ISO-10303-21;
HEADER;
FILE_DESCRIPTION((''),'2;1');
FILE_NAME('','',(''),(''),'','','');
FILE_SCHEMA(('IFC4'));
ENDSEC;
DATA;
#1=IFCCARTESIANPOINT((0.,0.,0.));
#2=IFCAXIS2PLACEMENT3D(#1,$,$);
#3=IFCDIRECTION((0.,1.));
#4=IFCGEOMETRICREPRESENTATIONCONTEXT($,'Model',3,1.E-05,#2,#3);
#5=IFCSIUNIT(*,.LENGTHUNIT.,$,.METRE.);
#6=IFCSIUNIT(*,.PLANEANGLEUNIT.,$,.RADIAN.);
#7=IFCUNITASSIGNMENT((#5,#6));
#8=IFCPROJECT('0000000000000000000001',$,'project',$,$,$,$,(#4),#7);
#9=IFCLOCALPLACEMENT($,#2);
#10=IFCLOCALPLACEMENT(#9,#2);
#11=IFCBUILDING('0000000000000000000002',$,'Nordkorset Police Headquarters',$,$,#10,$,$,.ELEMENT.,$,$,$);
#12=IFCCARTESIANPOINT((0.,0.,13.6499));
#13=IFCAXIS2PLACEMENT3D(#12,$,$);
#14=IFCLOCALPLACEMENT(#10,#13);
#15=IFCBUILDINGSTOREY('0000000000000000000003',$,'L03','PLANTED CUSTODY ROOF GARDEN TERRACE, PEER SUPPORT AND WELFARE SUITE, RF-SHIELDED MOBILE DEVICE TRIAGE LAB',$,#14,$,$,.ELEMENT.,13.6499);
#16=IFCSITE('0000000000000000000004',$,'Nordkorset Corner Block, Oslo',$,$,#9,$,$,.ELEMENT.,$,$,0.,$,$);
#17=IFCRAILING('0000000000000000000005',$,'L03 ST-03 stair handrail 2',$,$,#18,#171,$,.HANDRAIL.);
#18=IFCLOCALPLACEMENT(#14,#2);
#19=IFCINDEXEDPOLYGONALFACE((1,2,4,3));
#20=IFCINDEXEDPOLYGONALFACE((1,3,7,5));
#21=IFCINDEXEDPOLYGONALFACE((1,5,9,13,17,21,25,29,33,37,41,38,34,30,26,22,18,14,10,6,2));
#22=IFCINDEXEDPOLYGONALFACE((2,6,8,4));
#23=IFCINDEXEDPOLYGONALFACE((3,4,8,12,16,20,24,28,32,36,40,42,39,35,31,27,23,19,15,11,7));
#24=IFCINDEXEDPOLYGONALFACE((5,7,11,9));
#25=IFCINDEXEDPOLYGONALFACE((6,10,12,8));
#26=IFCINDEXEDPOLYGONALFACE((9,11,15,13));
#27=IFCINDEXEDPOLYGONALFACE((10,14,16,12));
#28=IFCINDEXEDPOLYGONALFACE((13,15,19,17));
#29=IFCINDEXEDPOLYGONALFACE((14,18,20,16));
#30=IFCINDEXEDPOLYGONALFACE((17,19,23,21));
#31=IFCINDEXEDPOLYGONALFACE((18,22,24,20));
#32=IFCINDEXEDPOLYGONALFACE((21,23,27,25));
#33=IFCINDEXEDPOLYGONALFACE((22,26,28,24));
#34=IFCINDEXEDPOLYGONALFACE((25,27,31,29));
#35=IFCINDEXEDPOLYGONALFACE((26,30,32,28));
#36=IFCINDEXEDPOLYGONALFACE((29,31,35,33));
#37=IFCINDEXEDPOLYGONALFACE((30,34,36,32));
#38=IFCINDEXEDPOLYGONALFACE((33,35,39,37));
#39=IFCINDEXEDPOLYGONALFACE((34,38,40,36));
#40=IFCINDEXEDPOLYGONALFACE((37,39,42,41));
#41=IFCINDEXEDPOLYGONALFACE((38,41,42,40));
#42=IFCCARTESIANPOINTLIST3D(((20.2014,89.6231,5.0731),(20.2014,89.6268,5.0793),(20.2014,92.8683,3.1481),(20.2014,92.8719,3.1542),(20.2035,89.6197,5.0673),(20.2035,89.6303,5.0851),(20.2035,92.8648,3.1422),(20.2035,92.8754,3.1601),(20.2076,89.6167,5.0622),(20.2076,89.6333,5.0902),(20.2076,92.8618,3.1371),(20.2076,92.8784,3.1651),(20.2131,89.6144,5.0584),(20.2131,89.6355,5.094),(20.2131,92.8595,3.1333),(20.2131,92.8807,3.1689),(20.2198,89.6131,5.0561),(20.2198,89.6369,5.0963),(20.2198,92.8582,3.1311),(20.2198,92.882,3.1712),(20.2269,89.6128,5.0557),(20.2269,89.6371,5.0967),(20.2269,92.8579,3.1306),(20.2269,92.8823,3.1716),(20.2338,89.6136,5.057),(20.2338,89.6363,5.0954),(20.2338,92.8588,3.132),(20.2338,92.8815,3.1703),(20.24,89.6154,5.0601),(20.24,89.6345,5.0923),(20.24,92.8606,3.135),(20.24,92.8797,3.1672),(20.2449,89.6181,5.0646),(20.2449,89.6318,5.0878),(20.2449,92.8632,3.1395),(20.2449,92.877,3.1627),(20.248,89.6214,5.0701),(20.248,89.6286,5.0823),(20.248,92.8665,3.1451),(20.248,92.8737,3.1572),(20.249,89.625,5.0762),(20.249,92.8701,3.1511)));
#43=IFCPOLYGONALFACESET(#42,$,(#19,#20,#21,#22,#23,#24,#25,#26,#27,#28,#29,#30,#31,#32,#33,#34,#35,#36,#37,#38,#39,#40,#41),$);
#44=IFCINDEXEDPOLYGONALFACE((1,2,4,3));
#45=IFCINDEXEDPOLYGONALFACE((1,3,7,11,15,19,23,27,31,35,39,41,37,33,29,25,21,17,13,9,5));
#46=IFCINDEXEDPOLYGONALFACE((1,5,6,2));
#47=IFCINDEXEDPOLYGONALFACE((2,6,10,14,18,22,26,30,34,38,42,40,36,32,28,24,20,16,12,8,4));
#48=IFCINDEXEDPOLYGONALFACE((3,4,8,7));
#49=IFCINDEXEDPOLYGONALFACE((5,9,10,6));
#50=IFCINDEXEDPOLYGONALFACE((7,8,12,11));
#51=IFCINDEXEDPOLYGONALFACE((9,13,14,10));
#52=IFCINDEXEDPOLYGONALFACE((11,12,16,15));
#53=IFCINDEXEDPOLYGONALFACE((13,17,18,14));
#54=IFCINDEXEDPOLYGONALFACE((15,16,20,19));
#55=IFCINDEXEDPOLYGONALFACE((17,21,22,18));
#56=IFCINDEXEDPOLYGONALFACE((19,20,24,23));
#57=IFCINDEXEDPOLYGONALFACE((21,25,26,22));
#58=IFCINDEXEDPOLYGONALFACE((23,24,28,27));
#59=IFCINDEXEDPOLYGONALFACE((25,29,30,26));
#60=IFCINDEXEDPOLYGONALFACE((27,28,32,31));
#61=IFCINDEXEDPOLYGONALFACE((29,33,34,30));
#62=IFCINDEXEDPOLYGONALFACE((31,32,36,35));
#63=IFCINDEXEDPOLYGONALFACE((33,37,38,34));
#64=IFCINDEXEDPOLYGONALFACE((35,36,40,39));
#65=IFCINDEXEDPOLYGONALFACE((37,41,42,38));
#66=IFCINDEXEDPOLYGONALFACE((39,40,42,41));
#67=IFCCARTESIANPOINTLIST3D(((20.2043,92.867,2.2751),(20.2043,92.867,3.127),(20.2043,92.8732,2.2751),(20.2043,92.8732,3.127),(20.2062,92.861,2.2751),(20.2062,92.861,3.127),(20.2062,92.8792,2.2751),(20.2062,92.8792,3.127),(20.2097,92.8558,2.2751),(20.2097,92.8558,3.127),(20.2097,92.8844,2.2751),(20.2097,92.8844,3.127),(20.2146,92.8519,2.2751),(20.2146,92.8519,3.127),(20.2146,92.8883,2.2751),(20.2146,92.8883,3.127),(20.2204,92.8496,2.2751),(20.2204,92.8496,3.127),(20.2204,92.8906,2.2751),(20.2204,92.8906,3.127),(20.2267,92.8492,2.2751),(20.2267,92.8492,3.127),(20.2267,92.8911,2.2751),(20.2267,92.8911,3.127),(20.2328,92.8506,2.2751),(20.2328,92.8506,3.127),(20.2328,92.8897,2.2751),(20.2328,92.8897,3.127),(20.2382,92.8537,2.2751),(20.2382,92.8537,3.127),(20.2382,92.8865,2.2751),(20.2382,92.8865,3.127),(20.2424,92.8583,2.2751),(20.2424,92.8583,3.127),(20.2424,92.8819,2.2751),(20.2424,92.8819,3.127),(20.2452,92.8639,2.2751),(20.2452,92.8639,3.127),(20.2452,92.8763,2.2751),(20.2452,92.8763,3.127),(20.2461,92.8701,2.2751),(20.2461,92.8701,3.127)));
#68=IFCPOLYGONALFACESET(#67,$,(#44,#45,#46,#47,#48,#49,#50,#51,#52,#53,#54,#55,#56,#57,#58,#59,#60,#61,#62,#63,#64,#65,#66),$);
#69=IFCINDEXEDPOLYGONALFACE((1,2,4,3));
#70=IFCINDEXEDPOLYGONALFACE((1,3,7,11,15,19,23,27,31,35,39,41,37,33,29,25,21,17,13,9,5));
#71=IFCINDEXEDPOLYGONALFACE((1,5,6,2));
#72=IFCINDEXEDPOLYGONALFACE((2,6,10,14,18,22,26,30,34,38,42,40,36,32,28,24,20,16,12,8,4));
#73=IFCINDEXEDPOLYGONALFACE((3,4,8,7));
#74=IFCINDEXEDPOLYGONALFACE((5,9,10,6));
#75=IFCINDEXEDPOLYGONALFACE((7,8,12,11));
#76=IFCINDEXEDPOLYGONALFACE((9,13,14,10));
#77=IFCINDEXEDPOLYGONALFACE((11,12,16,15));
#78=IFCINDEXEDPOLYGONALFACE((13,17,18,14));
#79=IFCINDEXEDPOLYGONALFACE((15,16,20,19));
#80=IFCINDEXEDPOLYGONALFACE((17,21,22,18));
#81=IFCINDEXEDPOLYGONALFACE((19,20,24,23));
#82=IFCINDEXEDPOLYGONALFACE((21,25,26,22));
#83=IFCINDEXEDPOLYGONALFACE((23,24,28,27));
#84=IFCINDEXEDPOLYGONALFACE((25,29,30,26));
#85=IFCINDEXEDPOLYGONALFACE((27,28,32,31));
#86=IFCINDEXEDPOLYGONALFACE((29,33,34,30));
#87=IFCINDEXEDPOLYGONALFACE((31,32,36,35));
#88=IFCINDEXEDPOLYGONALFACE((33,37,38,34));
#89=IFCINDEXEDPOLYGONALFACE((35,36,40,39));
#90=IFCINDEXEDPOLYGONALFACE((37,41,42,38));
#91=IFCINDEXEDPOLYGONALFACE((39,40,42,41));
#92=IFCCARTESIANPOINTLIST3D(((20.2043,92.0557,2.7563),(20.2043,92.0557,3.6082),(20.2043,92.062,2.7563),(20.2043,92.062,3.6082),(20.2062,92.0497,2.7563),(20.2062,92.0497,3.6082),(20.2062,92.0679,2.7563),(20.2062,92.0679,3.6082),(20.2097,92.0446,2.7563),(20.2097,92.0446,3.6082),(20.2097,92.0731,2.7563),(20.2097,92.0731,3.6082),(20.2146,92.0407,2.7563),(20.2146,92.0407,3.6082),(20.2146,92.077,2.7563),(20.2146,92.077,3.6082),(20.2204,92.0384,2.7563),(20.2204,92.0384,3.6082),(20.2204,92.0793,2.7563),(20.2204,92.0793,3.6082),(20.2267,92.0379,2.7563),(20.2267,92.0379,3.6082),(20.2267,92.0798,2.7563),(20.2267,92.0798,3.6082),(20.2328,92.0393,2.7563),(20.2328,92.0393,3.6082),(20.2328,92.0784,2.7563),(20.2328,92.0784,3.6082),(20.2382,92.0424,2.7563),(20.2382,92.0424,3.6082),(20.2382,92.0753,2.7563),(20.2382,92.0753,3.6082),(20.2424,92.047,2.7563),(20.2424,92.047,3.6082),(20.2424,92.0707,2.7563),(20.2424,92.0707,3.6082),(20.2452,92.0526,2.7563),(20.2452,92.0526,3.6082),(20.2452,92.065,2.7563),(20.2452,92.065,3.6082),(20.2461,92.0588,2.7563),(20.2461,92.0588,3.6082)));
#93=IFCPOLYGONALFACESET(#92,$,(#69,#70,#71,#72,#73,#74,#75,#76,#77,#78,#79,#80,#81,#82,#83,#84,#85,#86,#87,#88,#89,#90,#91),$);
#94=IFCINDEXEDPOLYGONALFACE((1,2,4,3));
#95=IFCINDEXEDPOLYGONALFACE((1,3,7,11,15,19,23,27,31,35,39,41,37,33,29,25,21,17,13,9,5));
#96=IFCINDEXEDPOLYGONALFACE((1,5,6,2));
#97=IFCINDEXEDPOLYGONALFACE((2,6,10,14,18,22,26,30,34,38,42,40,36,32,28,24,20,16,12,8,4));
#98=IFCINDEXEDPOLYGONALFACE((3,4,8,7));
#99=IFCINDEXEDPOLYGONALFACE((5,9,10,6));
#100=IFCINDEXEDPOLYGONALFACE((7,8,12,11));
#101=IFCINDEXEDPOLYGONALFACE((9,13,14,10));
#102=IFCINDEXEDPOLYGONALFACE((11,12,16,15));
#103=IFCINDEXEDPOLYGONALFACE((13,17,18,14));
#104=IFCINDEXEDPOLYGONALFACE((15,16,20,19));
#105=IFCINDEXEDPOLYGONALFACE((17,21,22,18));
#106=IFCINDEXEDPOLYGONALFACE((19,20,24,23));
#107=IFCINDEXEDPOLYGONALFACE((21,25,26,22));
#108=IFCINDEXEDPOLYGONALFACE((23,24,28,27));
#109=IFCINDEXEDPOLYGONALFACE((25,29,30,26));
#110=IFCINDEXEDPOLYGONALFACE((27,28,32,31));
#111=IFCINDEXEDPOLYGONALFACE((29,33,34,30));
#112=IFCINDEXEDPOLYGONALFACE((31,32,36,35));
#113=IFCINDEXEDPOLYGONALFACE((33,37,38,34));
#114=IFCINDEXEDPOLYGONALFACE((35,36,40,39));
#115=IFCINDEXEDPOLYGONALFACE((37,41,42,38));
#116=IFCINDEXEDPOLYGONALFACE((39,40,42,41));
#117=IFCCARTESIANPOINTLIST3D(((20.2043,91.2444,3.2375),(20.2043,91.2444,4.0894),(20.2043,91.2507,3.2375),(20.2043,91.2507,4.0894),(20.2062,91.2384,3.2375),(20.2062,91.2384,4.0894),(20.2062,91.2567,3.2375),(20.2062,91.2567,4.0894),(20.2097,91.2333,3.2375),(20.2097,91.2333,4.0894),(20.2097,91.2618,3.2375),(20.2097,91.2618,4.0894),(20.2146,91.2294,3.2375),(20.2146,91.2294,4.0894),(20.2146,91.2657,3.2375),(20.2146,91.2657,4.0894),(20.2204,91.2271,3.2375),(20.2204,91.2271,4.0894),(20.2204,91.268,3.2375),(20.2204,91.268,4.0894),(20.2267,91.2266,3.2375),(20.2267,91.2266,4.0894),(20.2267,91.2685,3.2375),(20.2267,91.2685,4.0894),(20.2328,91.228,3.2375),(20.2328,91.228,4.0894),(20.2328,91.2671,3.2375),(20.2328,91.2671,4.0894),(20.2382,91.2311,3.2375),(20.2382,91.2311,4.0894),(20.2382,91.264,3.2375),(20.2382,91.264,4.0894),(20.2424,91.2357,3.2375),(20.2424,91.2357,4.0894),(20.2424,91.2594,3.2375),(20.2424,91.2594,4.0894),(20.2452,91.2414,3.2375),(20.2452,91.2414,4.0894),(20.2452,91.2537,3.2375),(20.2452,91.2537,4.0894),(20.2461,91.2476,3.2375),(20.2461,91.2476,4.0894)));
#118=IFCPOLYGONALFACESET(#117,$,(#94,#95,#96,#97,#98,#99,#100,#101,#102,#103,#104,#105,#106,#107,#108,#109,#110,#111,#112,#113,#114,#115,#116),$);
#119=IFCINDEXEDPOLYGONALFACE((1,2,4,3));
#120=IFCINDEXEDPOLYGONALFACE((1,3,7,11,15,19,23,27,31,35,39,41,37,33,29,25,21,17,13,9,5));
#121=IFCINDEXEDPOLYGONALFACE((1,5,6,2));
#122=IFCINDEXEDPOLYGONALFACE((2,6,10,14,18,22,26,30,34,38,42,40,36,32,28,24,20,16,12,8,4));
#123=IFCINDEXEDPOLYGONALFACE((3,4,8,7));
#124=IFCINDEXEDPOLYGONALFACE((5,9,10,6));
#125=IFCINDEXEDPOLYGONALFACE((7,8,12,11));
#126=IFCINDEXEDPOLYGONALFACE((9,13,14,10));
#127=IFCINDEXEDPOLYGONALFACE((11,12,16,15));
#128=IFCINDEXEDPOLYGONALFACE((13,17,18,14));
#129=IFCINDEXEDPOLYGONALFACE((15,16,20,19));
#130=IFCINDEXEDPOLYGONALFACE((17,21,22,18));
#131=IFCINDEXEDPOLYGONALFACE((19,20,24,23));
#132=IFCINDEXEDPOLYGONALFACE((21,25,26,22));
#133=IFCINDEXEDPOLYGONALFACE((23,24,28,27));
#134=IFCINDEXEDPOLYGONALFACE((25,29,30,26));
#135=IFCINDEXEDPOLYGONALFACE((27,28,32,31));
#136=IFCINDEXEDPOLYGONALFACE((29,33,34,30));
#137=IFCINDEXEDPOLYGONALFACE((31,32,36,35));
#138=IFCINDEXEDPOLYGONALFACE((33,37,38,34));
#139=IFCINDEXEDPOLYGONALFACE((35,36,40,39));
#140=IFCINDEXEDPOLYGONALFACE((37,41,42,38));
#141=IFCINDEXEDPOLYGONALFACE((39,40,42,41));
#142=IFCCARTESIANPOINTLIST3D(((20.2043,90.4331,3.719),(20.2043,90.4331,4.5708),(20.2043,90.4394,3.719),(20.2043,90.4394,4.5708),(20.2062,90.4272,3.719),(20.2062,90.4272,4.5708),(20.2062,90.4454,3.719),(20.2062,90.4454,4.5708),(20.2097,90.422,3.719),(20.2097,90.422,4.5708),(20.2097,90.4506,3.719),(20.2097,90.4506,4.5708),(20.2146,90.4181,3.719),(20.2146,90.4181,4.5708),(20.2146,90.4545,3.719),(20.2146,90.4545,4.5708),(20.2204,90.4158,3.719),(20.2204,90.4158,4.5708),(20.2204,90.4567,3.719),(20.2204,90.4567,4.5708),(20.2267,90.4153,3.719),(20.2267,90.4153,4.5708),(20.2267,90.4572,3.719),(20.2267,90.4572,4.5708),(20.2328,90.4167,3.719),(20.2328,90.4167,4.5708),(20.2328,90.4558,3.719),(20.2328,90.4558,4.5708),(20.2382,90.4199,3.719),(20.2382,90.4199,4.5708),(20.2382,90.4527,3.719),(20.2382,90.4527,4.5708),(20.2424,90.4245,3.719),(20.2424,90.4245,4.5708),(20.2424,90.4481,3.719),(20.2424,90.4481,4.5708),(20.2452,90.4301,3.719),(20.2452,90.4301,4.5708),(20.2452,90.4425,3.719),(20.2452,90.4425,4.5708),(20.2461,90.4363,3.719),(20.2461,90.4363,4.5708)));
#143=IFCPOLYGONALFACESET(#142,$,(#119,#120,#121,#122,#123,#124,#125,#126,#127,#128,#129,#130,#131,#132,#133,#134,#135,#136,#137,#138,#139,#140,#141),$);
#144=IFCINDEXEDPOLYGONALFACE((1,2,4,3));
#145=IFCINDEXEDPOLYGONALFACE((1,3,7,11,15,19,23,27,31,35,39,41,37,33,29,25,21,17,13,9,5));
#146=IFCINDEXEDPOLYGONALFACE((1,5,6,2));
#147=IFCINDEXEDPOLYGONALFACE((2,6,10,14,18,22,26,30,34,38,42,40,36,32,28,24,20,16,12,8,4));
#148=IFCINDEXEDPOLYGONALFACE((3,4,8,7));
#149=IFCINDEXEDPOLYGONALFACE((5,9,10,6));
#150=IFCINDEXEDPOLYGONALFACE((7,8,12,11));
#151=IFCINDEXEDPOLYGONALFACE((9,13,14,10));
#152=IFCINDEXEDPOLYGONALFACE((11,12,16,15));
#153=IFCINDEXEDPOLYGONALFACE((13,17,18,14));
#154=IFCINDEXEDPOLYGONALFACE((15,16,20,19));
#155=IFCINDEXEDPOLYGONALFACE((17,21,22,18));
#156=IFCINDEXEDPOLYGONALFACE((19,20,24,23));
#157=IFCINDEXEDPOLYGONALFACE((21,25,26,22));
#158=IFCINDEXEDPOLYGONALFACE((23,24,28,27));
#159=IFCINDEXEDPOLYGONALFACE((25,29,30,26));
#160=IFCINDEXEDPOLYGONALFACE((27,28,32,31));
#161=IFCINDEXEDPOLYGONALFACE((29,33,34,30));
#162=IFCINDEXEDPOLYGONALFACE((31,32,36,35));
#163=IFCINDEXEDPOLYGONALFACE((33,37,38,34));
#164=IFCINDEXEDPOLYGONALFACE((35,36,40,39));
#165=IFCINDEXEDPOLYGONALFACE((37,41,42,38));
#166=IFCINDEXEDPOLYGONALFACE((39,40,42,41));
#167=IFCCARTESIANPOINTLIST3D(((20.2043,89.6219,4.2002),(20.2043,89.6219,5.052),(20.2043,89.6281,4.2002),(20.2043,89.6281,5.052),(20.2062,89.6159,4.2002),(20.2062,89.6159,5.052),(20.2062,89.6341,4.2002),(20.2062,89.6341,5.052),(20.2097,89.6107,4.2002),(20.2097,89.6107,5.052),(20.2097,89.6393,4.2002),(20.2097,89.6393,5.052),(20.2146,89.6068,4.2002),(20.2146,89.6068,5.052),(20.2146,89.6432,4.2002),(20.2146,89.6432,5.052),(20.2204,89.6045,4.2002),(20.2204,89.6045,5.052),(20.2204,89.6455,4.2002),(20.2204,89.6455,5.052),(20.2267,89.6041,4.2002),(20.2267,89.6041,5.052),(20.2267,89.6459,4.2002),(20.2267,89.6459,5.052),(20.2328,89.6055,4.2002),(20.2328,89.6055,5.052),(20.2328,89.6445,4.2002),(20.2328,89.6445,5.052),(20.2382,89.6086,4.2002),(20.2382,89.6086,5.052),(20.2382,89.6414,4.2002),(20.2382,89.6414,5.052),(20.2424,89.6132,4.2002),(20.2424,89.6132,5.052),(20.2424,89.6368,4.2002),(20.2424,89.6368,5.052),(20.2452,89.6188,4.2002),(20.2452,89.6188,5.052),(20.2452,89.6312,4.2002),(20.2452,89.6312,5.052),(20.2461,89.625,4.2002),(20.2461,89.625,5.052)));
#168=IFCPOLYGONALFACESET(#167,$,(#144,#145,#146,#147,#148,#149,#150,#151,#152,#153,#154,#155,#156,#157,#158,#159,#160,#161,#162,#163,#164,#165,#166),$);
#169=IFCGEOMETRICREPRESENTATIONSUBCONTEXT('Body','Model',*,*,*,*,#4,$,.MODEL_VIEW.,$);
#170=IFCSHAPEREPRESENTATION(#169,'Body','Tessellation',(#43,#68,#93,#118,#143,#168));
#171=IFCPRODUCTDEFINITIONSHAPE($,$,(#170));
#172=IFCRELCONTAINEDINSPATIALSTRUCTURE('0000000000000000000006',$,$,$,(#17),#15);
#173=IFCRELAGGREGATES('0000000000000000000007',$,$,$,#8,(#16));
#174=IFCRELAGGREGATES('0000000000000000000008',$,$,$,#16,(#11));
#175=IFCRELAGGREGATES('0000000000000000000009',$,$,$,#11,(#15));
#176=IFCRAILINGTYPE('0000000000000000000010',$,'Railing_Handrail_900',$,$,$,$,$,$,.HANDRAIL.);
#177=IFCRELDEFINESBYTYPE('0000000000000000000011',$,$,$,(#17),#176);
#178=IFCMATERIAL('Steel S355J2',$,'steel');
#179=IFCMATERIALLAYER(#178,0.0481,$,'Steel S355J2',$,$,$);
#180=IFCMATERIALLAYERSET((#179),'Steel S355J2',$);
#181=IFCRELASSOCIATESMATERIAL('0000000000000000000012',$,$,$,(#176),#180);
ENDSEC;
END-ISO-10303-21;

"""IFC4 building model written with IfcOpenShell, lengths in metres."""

from ifc_helpers import new_model, si_unit, direction, frame, origin, origin_2d, place, context, subcontext, project, spatial, circle, extrude, material, layer, layer_set, type_object, element, save


model = new_model("IFC4")

# Units and contexts
model_context = context("Model", 3, precision=1e-05, world=origin(), true_north=direction((0.0, 1.0)))
body_context = subcontext(model_context, "Body", "Model", "MODEL_VIEW")
ifc_project = project(units=[si_unit("LENGTHUNIT", "METRE"), si_unit("PLANEANGLEUNIT", "RADIAN")], contexts=[model_context])

# Site, building, storey
site_placement = place(None, origin())
site = spatial("IfcSite", under=ifc_project, at=site_placement, Name="Nordkorset Corner Block, Oslo", CompositionType="ELEMENT", RefElevation=0.0)
building_placement = place(site_placement, origin())
building = spatial("IfcBuilding", under=site, at=building_placement, Name="Nordkorset Police Headquarters", CompositionType="ELEMENT")
storey_placement = place(building_placement, frame((0.0, 0.0, 13.6499)))
storey = spatial("IfcBuildingStorey", under=building, at=storey_placement, Name="L03", Description="PLANTED CUSTODY ROOF GARDEN TERRACE, PEER SUPPORT AND WELFARE SUITE, RF-SHIELDED MOBILE DEVICE TRIAGE LAB", CompositionType="ELEMENT", Elevation=13.6499)

# Railing
ifc_material_1 = material(Name="Steel S355J2", Category="steel")
ifc_layer_1 = layer(ifc_material_1, 0.0481, Name="Steel S355J2")
ifc_layer_set_1 = layer_set([ifc_layer_1], Name="Steel S355J2")
railing_type_1 = type_object("IfcRailingType", Name="Railing_Handrail_900", PredefinedType="HANDRAIL", material=ifc_layer_set_1)
railing_1_placement = place(storey_placement, frame((20.2251, 92.8701, 2.2751)))
element("IfcRailing", 1, at=railing_1_placement, inside=storey, type_object=railing_type_1, Name="L03 ST-03 stair handrail 2", PredefinedType="HANDRAIL", context=body_context, shape_type="SweptSolid", body=[
    extrude(circle(Radius=0.0239, at=origin_2d()), frame((0.0, 0.0, 0.876), z_axis=(0.0, -0.860057, 0.510198), x_axis=(1.0, 0.0, 0.0)), (0.0, 0.0, 1.0), 3.7732),
    extrude(circle(Radius=0.021, at=origin_2d()), origin(), (0.0, 0.0, 1.0), 0.8518),
    extrude(circle(Radius=0.021, at=origin_2d()), frame((0.0, -0.8113, 0.4812)), (0.0, 0.0, 1.0), 0.8518),
    extrude(circle(Radius=0.021, at=origin_2d()), frame((0.0, -1.6226, 0.9624)), (0.0, 0.0, 1.0), 0.8518),
    extrude(circle(Radius=0.021, at=origin_2d()), frame((0.0, -2.4338, 1.4438)), (0.0, 0.0, 1.0), 0.8518),
    extrude(circle(Radius=0.021, at=origin_2d()), frame((0.0, -3.2451, 1.925)), (0.0, 0.0, 1.0), 0.8518),
])

save(model, "model.ifc")
